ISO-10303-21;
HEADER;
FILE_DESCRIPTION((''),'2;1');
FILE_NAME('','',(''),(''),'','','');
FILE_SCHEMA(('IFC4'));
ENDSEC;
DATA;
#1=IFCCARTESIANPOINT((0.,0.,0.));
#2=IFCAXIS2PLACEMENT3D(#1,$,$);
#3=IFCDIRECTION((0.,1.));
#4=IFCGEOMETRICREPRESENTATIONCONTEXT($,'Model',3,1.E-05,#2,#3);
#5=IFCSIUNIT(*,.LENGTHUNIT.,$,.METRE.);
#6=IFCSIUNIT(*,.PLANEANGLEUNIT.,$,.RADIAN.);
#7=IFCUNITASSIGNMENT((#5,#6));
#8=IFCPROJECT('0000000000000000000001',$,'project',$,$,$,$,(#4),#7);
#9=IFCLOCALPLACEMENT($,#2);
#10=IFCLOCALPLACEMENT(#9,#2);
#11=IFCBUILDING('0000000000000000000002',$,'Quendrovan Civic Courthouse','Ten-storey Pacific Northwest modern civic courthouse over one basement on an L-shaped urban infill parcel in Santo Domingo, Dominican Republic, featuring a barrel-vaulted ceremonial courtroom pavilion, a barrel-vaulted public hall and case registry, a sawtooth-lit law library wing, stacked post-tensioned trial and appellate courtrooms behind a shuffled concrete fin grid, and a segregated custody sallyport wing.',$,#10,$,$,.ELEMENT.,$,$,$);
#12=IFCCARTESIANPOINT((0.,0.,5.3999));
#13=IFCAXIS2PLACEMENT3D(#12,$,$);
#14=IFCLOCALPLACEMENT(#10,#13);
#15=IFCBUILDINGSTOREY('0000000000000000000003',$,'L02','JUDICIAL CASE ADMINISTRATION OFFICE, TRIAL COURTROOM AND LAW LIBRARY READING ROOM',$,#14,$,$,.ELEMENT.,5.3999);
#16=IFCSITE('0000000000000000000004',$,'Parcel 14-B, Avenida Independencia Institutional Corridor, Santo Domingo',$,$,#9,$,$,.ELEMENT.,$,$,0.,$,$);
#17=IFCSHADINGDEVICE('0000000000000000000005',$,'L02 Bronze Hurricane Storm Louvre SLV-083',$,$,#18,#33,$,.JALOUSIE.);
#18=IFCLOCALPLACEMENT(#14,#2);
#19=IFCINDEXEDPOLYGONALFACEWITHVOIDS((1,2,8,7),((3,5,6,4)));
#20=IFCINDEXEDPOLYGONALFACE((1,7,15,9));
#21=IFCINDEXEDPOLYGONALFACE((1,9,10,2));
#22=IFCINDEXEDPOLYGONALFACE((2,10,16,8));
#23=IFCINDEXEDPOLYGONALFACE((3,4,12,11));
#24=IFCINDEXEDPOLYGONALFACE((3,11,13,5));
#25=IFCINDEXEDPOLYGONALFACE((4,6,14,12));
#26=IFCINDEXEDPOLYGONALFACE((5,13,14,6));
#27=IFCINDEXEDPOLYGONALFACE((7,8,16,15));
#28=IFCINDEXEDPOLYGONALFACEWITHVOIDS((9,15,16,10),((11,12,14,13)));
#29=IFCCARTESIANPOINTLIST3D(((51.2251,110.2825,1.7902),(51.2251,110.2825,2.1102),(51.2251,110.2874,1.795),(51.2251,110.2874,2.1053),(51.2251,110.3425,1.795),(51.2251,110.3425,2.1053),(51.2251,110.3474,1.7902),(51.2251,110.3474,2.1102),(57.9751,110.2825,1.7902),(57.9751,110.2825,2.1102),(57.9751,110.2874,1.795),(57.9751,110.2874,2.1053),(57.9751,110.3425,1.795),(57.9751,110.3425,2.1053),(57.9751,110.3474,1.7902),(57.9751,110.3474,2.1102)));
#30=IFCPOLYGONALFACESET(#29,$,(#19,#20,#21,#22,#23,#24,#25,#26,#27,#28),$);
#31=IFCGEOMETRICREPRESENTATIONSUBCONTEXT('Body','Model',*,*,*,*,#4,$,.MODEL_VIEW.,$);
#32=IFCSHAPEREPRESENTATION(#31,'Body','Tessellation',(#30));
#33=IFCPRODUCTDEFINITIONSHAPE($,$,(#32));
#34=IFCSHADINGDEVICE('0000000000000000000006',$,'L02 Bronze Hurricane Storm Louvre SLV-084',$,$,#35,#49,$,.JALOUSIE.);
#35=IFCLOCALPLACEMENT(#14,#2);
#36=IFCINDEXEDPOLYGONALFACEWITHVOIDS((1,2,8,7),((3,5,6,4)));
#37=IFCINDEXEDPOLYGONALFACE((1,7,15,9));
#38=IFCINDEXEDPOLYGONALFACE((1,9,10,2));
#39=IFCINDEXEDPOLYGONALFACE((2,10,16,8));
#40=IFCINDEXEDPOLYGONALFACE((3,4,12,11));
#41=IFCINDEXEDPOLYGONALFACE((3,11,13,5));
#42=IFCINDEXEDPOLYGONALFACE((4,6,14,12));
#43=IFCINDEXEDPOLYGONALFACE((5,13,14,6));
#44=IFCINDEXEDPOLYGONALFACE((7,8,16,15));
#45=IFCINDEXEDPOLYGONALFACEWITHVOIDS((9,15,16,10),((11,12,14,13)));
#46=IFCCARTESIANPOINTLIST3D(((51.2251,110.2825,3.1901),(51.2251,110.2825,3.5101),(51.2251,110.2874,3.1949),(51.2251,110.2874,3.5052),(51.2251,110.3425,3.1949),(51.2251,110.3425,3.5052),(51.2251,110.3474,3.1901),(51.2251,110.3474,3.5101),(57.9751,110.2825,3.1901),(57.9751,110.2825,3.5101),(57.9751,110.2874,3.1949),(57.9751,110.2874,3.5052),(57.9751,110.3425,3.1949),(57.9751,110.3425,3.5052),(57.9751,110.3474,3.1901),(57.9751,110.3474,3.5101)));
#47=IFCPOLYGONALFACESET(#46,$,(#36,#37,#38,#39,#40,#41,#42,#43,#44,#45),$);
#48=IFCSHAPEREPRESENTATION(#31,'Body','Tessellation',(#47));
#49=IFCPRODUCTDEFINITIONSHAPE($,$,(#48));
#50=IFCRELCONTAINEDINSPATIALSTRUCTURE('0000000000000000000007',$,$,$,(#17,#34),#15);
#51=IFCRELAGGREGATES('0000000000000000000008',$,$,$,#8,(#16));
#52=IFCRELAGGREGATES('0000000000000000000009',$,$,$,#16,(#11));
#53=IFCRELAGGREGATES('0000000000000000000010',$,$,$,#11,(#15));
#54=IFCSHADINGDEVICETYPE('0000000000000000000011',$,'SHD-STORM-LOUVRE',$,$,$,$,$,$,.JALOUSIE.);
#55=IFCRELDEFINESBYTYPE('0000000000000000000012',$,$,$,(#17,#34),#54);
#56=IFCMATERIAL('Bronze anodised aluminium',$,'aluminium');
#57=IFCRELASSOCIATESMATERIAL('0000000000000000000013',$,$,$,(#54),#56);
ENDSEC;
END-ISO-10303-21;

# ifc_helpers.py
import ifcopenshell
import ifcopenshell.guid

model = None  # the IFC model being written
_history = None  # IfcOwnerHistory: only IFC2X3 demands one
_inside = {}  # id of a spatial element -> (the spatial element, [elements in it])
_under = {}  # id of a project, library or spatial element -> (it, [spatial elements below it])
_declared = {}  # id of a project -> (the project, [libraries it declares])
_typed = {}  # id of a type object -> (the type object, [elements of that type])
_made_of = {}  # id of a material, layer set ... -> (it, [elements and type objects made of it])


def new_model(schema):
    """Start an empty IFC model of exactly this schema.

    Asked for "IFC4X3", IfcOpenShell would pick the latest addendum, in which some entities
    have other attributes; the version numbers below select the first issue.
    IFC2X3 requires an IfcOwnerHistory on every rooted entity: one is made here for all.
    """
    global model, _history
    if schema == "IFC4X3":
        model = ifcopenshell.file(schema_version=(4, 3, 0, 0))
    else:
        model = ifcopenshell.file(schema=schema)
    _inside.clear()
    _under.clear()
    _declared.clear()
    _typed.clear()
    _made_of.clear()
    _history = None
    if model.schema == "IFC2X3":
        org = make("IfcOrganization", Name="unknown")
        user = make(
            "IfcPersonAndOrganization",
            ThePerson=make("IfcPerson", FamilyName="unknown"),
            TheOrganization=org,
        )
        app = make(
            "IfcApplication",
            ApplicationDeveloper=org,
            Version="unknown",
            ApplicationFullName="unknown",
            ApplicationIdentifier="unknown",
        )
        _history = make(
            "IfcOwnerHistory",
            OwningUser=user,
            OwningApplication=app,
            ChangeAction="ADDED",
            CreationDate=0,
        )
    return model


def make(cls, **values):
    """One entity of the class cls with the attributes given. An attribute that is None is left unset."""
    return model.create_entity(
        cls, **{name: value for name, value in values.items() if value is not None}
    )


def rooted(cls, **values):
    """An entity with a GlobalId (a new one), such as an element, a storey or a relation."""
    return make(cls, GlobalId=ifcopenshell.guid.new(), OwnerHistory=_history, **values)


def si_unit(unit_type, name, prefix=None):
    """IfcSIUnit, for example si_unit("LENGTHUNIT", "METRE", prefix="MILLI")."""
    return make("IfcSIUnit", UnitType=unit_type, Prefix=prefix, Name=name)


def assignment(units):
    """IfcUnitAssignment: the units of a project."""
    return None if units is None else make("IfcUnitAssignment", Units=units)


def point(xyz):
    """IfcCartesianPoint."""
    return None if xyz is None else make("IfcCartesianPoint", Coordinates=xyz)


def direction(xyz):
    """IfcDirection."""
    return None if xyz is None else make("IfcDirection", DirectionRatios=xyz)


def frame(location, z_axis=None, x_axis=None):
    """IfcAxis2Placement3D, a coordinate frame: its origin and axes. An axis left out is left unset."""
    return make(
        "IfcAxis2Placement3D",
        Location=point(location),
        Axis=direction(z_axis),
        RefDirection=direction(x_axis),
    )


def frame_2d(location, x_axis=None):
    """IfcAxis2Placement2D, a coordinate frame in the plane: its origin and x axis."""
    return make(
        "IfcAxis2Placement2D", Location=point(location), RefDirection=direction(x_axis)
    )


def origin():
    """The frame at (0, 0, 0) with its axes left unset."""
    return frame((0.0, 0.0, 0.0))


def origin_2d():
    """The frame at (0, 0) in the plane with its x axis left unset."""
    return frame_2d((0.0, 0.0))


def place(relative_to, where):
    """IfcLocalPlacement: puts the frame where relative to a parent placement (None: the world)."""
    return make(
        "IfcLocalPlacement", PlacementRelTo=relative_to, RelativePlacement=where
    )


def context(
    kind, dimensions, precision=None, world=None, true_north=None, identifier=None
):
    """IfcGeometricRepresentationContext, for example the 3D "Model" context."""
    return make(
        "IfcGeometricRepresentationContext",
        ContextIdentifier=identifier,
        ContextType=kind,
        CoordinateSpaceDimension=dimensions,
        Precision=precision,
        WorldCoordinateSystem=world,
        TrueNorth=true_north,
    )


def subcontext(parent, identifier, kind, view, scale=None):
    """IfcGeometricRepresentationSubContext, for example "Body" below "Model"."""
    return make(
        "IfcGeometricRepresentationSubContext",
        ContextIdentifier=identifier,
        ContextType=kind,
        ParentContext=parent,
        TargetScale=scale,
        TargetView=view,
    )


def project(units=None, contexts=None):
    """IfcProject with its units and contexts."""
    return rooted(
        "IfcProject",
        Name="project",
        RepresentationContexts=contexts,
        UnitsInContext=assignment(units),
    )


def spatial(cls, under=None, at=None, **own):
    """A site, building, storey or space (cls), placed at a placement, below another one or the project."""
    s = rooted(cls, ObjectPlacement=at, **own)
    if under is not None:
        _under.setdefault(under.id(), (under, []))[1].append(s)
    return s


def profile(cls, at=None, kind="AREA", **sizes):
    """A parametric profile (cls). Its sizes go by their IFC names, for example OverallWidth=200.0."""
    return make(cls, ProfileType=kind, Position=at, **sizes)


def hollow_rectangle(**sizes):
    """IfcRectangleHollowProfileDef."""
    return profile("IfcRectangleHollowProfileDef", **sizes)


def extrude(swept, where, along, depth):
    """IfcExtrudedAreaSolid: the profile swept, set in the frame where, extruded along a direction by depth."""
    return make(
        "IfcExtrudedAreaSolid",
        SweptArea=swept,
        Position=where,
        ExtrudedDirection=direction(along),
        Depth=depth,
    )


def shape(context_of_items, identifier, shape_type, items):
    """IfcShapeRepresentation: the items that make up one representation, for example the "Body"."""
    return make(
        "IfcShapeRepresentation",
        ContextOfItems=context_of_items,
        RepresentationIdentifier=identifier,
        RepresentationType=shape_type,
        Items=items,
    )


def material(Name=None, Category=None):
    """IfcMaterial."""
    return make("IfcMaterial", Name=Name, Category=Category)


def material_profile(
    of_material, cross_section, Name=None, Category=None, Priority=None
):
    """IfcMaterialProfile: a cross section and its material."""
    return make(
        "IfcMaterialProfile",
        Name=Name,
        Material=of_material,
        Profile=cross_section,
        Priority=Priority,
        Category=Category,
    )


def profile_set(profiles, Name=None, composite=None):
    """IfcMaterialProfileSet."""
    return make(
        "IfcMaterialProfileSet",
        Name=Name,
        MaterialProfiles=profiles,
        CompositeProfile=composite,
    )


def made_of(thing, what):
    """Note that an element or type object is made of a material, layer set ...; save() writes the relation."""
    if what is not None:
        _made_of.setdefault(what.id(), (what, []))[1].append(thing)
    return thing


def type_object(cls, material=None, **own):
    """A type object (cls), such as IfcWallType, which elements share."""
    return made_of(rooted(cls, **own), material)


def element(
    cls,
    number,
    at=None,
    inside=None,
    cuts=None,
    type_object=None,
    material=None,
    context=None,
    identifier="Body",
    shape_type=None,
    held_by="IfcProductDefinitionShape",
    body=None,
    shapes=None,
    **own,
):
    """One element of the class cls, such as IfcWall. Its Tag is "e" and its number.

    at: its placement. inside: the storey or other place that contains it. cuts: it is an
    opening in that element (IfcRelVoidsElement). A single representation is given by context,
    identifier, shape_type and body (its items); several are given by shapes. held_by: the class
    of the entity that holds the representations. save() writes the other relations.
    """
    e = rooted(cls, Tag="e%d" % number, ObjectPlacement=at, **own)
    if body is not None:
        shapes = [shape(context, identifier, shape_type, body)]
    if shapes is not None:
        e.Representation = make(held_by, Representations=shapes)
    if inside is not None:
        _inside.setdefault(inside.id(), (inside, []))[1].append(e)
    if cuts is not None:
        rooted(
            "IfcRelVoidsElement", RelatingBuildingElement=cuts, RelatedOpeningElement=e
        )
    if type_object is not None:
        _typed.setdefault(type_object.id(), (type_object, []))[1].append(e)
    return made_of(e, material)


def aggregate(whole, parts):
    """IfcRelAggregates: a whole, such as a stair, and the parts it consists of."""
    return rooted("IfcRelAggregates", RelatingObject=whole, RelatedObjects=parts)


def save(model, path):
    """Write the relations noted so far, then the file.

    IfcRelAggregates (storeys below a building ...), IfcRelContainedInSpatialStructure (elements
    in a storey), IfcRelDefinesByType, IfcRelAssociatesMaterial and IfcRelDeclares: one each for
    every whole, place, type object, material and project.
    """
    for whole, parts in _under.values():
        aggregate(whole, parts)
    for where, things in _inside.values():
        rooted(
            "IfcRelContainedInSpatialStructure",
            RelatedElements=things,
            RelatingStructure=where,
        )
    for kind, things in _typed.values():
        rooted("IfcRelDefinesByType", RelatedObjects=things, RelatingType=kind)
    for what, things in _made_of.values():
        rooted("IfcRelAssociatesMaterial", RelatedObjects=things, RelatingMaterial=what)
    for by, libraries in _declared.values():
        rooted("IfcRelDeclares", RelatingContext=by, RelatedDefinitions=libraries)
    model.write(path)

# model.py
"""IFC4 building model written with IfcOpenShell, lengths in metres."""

from ifc_helpers import new_model, si_unit, direction, frame, origin, origin_2d, place, context, subcontext, project, spatial, hollow_rectangle, extrude, material, material_profile, profile_set, type_object, element, save


model = new_model("IFC4")

# Units and contexts
model_context = context("Model", 3, precision=1e-05, world=origin(), true_north=direction((0.0, 1.0)))
body_context = subcontext(model_context, "Body", "Model", "MODEL_VIEW")
ifc_project = project(units=[si_unit("LENGTHUNIT", "METRE"), si_unit("PLANEANGLEUNIT", "RADIAN")], contexts=[model_context])

# Site, building, storey
site_placement = place(None, origin())
site = spatial("IfcSite", under=ifc_project, at=site_placement, Name="Parcel 14-B, Avenida Independencia Institutional Corridor, Santo Domingo", CompositionType="ELEMENT", RefElevation=0.0)
building_placement = place(site_placement, origin())
building = spatial("IfcBuilding", under=site, at=building_placement, Name="Quendrovan Civic Courthouse", Description="Ten-storey Pacific Northwest modern civic courthouse over one basement on an L-shaped urban infill parcel in Santo Domingo, Dominican Republic, featuring a barrel-vaulted ceremonial courtroom pavilion, a barrel-vaulted public hall and case registry, a sawtooth-lit law library wing, stacked post-tensioned trial and appellate courtrooms behind a shuffled concrete fin grid, and a segregated custody sallyport wing.", CompositionType="ELEMENT")
storey_placement = place(building_placement, frame((0.0, 0.0, 5.3999)))
storey = spatial("IfcBuildingStorey", under=building, at=storey_placement, Name="L02", Description="JUDICIAL CASE ADMINISTRATION OFFICE, TRIAL COURTROOM AND LAW LIBRARY READING ROOM", CompositionType="ELEMENT", Elevation=5.3999)

# Shared definitions
ifc_material_1 = material(Name="Bronze anodised aluminium", Category="aluminium")

# Shading devices
ifc_material_profile_1 = material_profile(ifc_material_1, hollow_rectangle(XDim=0.0649, YDim=0.3201, WallThickness=0.0049, at=origin_2d()), Name="AL-LOUVRE-65x320")
ifc_profile_set_1 = profile_set([ifc_material_profile_1], Name="Bronze anodised aluminium")
shading_device_type = type_object("IfcShadingDeviceType", Name="SHD-STORM-LOUVRE", PredefinedType="JALOUSIE", material=ifc_profile_set_1)
for number, where, z_axis, x_axis, name in (
    (1, (51.2251, 110.3149, 1.9502), (1.0, 0.0, 0.0), (0.0, 1.0, 0.0), "L02 Bronze Hurricane Storm Louvre SLV-083"),
    (2, (51.2251, 110.3149, 3.3501), (1.0, 0.0, 0.0), (0.0, 1.0, 0.0), "L02 Bronze Hurricane Storm Louvre SLV-084"),
):
    element("IfcShadingDevice", number, at=place(storey_placement, frame(where, z_axis=z_axis, x_axis=x_axis)), inside=storey, type_object=shading_device_type, Name=name, PredefinedType="JALOUSIE", context=body_context, shape_type="SweptSolid", body=[
        extrude(hollow_rectangle(XDim=0.0649, YDim=0.3201, WallThickness=0.0049, at=origin_2d()), origin(), (0.0, 0.0, 1.0), 6.75),
    ])

save(model, "model.ifc")
